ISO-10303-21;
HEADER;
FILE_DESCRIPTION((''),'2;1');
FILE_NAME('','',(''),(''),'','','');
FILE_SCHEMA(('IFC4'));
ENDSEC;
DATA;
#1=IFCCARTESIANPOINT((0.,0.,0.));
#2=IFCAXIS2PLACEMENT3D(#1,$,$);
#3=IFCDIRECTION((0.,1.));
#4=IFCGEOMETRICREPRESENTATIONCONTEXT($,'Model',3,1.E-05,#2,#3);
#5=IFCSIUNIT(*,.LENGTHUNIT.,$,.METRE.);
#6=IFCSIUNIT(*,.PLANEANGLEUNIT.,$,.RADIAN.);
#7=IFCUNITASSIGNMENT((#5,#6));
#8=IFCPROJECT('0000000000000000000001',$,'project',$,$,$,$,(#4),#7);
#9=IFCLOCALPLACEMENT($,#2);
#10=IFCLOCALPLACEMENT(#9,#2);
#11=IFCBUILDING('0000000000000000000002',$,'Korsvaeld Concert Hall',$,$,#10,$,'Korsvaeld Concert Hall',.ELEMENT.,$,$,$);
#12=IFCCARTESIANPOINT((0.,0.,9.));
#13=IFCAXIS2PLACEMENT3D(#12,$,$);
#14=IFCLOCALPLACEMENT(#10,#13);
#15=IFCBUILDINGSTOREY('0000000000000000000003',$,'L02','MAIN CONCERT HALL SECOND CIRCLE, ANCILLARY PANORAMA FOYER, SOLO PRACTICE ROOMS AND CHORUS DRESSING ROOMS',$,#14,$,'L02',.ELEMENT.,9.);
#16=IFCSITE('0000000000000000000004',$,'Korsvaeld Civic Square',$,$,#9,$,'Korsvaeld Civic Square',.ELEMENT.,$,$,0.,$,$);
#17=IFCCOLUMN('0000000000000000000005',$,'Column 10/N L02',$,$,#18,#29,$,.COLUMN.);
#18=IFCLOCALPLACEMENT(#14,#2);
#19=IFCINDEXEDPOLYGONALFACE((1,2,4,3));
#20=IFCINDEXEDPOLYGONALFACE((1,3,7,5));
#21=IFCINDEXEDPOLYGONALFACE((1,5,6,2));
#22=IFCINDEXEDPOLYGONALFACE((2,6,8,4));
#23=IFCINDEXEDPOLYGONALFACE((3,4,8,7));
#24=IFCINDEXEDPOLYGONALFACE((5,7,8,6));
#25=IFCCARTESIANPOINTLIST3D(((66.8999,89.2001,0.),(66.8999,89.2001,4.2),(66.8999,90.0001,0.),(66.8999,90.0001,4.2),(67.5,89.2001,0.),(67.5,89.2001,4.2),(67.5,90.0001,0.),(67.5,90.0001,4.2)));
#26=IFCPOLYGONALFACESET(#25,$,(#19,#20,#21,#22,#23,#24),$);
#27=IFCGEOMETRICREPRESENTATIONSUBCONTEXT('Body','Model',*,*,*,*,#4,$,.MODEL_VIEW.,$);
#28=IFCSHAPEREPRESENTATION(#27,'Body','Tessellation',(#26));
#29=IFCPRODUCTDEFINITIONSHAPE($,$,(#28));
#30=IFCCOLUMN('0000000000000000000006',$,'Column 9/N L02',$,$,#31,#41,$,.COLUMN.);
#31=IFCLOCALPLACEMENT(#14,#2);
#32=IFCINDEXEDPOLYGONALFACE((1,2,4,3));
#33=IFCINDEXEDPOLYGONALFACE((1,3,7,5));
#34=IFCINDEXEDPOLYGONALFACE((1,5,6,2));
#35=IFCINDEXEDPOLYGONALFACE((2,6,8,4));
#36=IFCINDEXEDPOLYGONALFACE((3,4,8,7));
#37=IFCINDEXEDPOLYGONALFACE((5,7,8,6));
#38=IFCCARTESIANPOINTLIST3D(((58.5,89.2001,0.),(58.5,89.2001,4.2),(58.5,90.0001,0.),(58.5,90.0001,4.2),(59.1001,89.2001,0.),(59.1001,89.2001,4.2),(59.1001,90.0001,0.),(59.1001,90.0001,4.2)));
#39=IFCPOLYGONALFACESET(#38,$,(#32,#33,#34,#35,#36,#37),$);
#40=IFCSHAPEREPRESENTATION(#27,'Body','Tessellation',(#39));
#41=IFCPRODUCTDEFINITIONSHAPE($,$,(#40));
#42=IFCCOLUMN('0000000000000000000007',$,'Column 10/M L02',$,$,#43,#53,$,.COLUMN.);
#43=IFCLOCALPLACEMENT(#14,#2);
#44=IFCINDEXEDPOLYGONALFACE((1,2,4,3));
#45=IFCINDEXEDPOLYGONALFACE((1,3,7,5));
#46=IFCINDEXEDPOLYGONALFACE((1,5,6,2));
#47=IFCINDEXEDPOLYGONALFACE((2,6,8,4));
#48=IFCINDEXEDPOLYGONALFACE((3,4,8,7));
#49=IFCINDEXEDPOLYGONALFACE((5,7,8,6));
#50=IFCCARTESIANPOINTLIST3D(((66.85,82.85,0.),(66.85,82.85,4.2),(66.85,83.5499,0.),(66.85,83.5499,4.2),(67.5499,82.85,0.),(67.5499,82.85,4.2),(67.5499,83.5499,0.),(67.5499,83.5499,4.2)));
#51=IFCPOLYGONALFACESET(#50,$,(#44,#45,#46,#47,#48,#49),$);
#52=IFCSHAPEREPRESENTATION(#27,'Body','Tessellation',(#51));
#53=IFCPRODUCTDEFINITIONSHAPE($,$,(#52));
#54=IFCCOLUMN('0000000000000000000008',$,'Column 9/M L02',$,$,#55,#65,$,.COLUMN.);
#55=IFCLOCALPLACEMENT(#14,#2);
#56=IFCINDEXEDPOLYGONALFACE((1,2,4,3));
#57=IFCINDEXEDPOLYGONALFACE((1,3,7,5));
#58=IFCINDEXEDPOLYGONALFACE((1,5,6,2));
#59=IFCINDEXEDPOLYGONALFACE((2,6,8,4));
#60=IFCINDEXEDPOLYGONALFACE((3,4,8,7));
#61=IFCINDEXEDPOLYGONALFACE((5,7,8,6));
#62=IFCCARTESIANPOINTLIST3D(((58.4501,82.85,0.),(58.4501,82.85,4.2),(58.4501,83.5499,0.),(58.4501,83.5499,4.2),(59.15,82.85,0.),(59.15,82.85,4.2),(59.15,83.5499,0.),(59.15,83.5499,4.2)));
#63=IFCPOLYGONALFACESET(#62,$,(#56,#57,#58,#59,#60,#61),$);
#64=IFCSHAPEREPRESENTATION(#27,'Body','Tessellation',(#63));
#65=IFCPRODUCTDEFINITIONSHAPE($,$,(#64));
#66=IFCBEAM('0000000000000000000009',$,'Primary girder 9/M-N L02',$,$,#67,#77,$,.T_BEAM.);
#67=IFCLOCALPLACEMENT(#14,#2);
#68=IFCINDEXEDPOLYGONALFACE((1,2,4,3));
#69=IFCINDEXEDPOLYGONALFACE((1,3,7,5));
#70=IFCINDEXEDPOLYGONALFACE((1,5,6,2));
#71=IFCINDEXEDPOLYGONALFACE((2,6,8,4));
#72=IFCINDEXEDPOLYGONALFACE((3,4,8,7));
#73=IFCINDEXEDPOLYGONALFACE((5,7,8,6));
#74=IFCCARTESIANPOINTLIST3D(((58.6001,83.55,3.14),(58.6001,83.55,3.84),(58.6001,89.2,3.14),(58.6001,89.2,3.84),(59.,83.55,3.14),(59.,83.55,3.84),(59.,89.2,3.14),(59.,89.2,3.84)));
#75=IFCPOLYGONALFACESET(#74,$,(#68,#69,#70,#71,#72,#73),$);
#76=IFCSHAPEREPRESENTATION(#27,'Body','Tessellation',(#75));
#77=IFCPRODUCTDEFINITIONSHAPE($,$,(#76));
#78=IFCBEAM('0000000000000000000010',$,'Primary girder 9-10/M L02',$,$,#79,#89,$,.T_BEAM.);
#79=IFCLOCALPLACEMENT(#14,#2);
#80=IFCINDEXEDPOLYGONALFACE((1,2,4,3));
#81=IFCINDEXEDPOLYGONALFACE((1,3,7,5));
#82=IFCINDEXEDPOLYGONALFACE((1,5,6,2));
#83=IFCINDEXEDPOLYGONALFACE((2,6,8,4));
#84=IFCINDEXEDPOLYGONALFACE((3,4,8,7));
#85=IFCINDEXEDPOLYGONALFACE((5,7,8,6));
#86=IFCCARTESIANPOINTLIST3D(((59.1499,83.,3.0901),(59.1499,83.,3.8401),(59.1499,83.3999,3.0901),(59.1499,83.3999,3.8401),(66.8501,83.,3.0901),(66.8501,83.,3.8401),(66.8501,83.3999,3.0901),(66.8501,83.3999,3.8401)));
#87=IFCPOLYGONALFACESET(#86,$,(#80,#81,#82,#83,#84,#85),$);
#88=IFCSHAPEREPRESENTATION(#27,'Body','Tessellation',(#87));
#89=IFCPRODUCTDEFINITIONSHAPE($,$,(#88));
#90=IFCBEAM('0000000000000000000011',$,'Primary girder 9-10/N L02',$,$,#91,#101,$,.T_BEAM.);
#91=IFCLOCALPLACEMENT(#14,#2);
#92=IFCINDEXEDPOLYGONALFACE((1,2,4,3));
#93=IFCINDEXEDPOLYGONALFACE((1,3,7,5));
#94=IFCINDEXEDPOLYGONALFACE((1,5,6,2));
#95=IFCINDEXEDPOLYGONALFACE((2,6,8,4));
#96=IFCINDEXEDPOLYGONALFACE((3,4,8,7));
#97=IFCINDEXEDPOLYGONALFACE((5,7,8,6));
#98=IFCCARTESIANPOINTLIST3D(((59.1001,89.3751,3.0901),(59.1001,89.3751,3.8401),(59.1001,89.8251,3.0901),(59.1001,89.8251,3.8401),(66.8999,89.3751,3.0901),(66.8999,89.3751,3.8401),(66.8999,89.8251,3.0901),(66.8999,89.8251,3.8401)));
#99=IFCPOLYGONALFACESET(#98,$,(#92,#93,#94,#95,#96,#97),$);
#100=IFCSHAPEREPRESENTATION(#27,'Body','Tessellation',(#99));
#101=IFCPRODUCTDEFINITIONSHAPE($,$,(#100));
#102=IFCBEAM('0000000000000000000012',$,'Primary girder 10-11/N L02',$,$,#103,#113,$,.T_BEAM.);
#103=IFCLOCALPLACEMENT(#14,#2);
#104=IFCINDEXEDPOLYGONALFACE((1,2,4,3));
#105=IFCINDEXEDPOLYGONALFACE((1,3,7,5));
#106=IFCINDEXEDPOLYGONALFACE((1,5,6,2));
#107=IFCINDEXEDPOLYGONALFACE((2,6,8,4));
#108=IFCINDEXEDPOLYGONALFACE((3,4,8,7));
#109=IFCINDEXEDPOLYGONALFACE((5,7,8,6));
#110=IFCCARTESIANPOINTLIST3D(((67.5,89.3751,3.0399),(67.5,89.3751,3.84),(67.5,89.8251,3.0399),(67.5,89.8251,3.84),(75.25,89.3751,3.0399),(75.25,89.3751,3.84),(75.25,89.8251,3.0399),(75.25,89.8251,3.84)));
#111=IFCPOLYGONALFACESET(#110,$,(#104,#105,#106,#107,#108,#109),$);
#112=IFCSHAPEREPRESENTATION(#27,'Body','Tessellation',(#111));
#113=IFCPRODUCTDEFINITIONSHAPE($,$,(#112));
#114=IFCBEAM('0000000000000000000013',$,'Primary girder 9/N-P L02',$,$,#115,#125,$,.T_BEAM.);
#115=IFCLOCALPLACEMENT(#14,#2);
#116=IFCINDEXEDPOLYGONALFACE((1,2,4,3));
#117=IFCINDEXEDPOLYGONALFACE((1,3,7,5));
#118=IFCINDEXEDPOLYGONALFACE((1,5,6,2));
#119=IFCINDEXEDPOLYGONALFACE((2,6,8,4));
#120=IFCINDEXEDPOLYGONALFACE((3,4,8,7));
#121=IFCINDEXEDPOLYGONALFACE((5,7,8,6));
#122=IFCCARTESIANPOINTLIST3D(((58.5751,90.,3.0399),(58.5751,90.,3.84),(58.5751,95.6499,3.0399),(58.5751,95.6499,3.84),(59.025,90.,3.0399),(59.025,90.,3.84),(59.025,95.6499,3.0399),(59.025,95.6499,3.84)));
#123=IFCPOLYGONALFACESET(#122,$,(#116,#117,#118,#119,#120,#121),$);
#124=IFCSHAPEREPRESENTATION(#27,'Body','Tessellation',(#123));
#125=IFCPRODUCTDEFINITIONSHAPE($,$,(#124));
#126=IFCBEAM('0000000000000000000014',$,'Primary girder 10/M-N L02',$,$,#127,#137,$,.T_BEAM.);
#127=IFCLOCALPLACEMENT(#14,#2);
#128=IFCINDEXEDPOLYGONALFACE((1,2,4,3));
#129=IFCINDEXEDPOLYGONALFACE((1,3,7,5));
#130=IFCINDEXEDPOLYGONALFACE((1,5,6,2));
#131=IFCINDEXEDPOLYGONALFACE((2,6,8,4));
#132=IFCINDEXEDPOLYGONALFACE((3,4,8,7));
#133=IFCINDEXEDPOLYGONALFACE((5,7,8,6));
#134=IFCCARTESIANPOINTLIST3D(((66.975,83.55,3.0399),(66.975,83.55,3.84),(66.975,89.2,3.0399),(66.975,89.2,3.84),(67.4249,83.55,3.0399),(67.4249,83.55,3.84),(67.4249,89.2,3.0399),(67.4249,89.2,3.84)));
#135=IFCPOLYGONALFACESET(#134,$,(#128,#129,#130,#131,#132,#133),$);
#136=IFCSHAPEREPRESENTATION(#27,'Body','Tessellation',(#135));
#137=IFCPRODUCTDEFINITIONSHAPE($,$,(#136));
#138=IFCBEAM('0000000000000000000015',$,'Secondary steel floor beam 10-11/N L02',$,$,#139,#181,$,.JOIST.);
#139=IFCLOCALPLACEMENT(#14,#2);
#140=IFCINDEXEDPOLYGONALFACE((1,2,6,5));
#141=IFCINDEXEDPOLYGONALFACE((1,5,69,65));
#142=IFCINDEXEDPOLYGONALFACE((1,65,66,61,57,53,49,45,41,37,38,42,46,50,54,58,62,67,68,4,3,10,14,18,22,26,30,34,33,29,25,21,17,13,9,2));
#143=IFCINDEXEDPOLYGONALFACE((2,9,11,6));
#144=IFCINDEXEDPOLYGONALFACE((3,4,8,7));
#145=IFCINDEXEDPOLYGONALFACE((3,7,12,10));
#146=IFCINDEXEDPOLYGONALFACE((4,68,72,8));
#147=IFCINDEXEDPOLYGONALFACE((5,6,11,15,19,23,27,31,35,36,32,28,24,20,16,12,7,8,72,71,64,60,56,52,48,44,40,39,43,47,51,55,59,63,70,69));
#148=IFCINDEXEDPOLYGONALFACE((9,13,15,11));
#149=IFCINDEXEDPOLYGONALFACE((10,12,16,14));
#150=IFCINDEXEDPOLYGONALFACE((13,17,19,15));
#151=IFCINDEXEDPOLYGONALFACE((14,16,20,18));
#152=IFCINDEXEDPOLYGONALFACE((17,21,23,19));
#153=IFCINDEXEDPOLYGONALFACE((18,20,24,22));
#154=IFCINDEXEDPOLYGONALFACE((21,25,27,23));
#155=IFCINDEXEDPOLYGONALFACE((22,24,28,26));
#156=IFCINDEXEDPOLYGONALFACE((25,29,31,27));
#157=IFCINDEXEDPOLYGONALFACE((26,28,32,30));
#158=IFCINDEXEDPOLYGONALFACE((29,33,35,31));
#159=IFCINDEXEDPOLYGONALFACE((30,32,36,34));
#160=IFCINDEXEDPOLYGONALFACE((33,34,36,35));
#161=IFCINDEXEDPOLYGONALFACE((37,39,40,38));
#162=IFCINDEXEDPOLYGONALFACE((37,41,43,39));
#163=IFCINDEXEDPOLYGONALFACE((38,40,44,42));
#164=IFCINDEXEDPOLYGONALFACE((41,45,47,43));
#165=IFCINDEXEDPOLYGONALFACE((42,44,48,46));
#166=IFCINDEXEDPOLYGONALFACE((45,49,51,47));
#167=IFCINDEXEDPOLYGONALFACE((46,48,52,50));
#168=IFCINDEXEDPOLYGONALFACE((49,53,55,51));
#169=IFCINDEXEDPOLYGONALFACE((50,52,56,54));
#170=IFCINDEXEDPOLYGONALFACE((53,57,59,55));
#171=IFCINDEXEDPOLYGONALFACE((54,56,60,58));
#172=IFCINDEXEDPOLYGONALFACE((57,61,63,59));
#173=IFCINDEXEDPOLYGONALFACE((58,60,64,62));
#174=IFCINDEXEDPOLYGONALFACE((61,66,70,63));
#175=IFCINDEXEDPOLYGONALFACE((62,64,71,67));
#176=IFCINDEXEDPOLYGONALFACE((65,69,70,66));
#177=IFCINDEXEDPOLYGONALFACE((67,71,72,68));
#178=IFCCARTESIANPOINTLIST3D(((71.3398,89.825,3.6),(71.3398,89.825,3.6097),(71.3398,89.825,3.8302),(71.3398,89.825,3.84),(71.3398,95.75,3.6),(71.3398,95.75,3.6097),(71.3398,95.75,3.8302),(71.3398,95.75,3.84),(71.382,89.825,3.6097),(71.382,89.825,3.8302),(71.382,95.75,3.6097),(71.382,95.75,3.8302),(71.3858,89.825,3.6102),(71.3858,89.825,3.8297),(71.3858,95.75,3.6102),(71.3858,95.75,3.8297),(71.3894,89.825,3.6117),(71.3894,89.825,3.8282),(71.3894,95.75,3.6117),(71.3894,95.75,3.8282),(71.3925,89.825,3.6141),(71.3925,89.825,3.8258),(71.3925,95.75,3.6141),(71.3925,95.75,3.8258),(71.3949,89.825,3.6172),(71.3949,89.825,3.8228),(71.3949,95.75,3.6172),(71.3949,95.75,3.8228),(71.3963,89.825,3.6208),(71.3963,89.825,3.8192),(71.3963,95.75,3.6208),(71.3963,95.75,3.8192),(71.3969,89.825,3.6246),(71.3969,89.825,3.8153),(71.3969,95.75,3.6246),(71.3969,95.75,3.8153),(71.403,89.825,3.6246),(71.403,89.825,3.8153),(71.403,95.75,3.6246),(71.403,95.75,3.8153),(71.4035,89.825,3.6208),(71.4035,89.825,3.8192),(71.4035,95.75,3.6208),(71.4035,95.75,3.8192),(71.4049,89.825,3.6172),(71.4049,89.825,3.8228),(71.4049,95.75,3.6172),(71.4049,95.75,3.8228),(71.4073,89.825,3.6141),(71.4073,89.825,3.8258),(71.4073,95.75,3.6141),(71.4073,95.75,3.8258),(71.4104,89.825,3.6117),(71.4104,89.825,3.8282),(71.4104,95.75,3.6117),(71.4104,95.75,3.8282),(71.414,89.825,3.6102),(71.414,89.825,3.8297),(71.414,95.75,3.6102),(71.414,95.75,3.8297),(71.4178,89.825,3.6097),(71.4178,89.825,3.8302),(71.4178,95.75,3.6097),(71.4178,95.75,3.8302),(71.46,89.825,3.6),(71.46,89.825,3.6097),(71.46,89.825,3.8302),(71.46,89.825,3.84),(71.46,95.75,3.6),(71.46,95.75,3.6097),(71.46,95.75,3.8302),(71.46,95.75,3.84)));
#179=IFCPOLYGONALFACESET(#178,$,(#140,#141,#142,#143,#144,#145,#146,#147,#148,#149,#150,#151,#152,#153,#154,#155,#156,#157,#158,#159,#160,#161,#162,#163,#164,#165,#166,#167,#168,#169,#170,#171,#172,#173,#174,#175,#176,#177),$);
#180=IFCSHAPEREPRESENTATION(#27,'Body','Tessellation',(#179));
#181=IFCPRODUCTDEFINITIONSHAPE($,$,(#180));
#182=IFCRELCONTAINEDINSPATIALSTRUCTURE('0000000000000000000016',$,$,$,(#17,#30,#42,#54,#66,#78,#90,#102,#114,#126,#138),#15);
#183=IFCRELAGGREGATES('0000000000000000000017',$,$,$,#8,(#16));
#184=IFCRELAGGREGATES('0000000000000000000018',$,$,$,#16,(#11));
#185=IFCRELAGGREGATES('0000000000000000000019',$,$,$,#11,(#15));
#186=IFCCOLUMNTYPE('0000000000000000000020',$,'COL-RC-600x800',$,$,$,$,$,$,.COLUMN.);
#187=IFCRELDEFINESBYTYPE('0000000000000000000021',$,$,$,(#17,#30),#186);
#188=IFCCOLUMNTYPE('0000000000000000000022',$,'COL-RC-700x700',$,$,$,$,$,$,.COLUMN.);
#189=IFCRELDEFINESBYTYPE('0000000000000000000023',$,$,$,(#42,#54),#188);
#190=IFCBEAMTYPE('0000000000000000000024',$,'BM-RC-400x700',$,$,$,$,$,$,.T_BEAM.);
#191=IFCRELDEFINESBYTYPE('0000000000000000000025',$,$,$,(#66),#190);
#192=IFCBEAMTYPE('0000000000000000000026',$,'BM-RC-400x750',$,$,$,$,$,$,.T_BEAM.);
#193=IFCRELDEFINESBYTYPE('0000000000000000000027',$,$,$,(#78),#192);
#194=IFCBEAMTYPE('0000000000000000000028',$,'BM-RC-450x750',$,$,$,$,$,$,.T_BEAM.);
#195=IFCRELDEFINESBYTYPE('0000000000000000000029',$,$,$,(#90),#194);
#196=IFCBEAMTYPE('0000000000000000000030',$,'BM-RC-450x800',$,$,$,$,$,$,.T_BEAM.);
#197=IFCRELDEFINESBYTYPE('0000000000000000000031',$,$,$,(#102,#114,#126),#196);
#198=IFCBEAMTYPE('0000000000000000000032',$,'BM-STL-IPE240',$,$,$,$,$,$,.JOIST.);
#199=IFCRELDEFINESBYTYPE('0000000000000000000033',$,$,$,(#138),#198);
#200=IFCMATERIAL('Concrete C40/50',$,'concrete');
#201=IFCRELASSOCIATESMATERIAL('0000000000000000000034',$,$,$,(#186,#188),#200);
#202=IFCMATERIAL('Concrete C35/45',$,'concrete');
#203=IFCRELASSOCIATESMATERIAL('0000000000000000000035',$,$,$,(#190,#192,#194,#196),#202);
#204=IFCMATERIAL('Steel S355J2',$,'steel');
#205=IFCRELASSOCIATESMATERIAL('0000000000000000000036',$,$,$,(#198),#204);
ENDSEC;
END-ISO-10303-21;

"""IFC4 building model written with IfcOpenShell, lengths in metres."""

from ifc_helpers import new_model, si_unit, direction, frame, origin, origin_2d, place, context, subcontext, project, spatial, rectangle, i_section, extrude, material, material_profile, profile_set, type_object, element, save


model = new_model("IFC4")

# Units and contexts
model_context = context("Model", 3, precision=1e-05, world=origin(), true_north=direction((0.0, 1.0)))
body_context = subcontext(model_context, "Body", "Model", "MODEL_VIEW")
ifc_project = project(units=[si_unit("LENGTHUNIT", "METRE"), si_unit("PLANEANGLEUNIT", "RADIAN")], contexts=[model_context])

# Site, building, storey
site_placement = place(None, origin())
site = spatial("IfcSite", under=ifc_project, at=site_placement, Name="Korsvaeld Civic Square", LongName="Korsvaeld Civic Square", CompositionType="ELEMENT", RefElevation=0.0)
building_placement = place(site_placement, origin())
building = spatial("IfcBuilding", under=site, at=building_placement, Name="Korsvaeld Concert Hall", LongName="Korsvaeld Concert Hall", CompositionType="ELEMENT")
storey_placement = place(building_placement, frame((0.0, 0.0, 9.0)))
storey = spatial("IfcBuildingStorey", under=building, at=storey_placement, Name="L02", Description="MAIN CONCERT HALL SECOND CIRCLE, ANCILLARY PANORAMA FOYER, SOLO PRACTICE ROOMS AND CHORUS DRESSING ROOMS", LongName="L02", CompositionType="ELEMENT", Elevation=9.0)

# Columns
ifc_material_1 = material(Name="Concrete C40/50", Category="concrete")
ifc_material_profile_1 = material_profile(ifc_material_1, rectangle(XDim=0.6001, YDim=0.8, at=origin_2d()), Name="RC 600x800")
ifc_profile_set_1 = profile_set([ifc_material_profile_1], Name="Concrete C40/50")
column_type_1 = type_object("IfcColumnType", Name="COL-RC-600x800", PredefinedType="COLUMN", material=ifc_profile_set_1)
for number, where, z_axis, x_axis, name in (
    (1, (67.2, 89.6001, 0.0), (0.0, 0.0, 1.0), (1.0, 0.0, 0.0), "Column 10/N L02"),
    (2, (58.8, 89.6001, 0.0), (0.0, 0.0, 1.0), (1.0, 0.0, 0.0), "Column 9/N L02"),
):
    element("IfcColumn", number, at=place(storey_placement, frame(where, z_axis=z_axis, x_axis=x_axis)), inside=storey, type_object=column_type_1, Name=name, PredefinedType="COLUMN", context=body_context, shape_type="SweptSolid", body=[
        extrude(rectangle(XDim=0.6001, YDim=0.8, at=origin_2d()), origin(), (0.0, 0.0, 1.0), 4.2),
    ])
ifc_material_profile_2 = material_profile(ifc_material_1, rectangle(XDim=0.7, YDim=0.7, at=origin_2d()), Name="RC 700x700")
ifc_profile_set_2 = profile_set([ifc_material_profile_2], Name="Concrete C40/50")
column_type_2 = type_object("IfcColumnType", Name="COL-RC-700x700", PredefinedType="COLUMN", material=ifc_profile_set_2)
for number, where, z_axis, x_axis, name in (
    (3, (67.2, 83.2, 0.0), (0.0, 0.0, 1.0), (1.0, 0.0, 0.0), "Column 10/M L02"),
    (4, (58.8, 83.2, 0.0), (0.0, 0.0, 1.0), (1.0, 0.0, 0.0), "Column 9/M L02"),
):
    element("IfcColumn", number, at=place(storey_placement, frame(where, z_axis=z_axis, x_axis=x_axis)), inside=storey, type_object=column_type_2, Name=name, PredefinedType="COLUMN", context=body_context, shape_type="SweptSolid", body=[
        extrude(rectangle(XDim=0.7, YDim=0.7, at=origin_2d()), origin(), (0.0, 0.0, 1.0), 4.2),
    ])

# Beams
ifc_material_2 = material(Name="Concrete C35/45", Category="concrete")
ifc_material_profile_3 = material_profile(ifc_material_2, rectangle(XDim=0.3999, YDim=0.7, at=origin_2d()), Name="RC 400x700")
ifc_profile_set_3 = profile_set([ifc_material_profile_3], Name="Concrete C35/45")
beam_type_1 = type_object("IfcBeamType", Name="BM-RC-400x700", PredefinedType="T_BEAM", material=ifc_profile_set_3)
beam_1_placement = place(storey_placement, frame((58.8, 83.55, 3.49), z_axis=(0.0, 1.0, 0.0), x_axis=(-1.0, 0.0, 0.0)))
element("IfcBeam", 5, at=beam_1_placement, inside=storey, type_object=beam_type_1, Name="Primary girder 9/M-N L02", PredefinedType="T_BEAM", context=body_context, shape_type="SweptSolid", body=[
    extrude(rectangle(XDim=0.3999, YDim=0.7, at=origin_2d()), origin(), (0.0, 0.0, 1.0), 5.6499),
])
ifc_material_profile_4 = material_profile(ifc_material_2, rectangle(XDim=0.3999, YDim=0.75, at=origin_2d()), Name="RC 400x750")
ifc_profile_set_4 = profile_set([ifc_material_profile_4], Name="Concrete C35/45")
beam_type_2 = type_object("IfcBeamType", Name="BM-RC-400x750", PredefinedType="T_BEAM", material=ifc_profile_set_4)
beam_2_placement = place(storey_placement, frame((59.1499, 83.2, 3.4651), z_axis=(1.0, 0.0, 0.0), x_axis=(0.0, 1.0, 0.0)))
element("IfcBeam", 6, at=beam_2_placement, inside=storey, type_object=beam_type_2, Name="Primary girder 9-10/M L02", PredefinedType="T_BEAM", context=body_context, shape_type="SweptSolid", body=[
    extrude(rectangle(XDim=0.3999, YDim=0.75, at=origin_2d()), origin(), (0.0, 0.0, 1.0), 7.7002),
])
ifc_material_profile_5 = material_profile(ifc_material_2, rectangle(XDim=0.45, YDim=0.75, at=origin_2d()), Name="RC 450x750")
ifc_profile_set_5 = profile_set([ifc_material_profile_5], Name="Concrete C35/45")
beam_type_3 = type_object("IfcBeamType", Name="BM-RC-450x750", PredefinedType="T_BEAM", material=ifc_profile_set_5)
beam_3_placement = place(storey_placement, frame((59.1001, 89.6001, 3.4651), z_axis=(1.0, 0.0, 0.0), x_axis=(0.0, 1.0, 0.0)))
element("IfcBeam", 7, at=beam_3_placement, inside=storey, type_object=beam_type_3, Name="Primary girder 9-10/N L02", PredefinedType="T_BEAM", context=body_context, shape_type="SweptSolid", body=[
    extrude(rectangle(XDim=0.45, YDim=0.75, at=origin_2d()), origin(), (0.0, 0.0, 1.0), 7.7998),
])
ifc_material_profile_6 = material_profile(ifc_material_2, rectangle(XDim=0.45, YDim=0.8, at=origin_2d()), Name="RC 450x800")
ifc_profile_set_6 = profile_set([ifc_material_profile_6], Name="Concrete C35/45")
beam_type_4 = type_object("IfcBeamType", Name="BM-RC-450x800", PredefinedType="T_BEAM", material=ifc_profile_set_6)
beam_4_placement = place(storey_placement, frame((67.5, 89.6001, 3.4399), z_axis=(1.0, 0.0, 0.0), x_axis=(0.0, 1.0, 0.0)))
element("IfcBeam", 8, at=beam_4_placement, inside=storey, type_object=beam_type_4, Name="Primary girder 10-11/N L02", PredefinedType="T_BEAM", context=body_context, shape_type="SweptSolid", body=[
    extrude(rectangle(XDim=0.45, YDim=0.8, at=origin_2d()), origin(), (0.0, 0.0, 1.0), 7.75),
])
for number, where, z_axis, x_axis, name in (
    (9, (58.8, 90.0, 3.4399), (0.0, 1.0, 0.0), (-1.0, 0.0, 0.0), "Primary girder 9/N-P L02"),
    (10, (67.2, 83.55, 3.4399), (0.0, 1.0, 0.0), (-1.0, 0.0, 0.0), "Primary girder 10/M-N L02"),
):
    element("IfcBeam", number, at=place(storey_placement, frame(where, z_axis=z_axis, x_axis=x_axis)), inside=storey, type_object=beam_type_4, Name=name, PredefinedType="T_BEAM", context=body_context, shape_type="SweptSolid", body=[
        extrude(rectangle(XDim=0.45, YDim=0.8, at=origin_2d()), origin(), (0.0, 0.0, 1.0), 5.6499),
    ])
ifc_material_3 = material(Name="Steel S355J2", Category="steel")
ifc_material_profile_7 = material_profile(ifc_material_3, i_section(OverallWidth=0.1201, OverallDepth=0.24, WebThickness=0.0061, FlangeThickness=0.0098, FilletRadius=0.0149, at=origin_2d()), Name="IPE 240")
ifc_profile_set_7 = profile_set([ifc_material_profile_7], Name="Steel S355J2")
beam_type_5 = type_object("IfcBeamType", Name="BM-STL-IPE240", PredefinedType="JOIST", material=ifc_profile_set_7)
beam_5_placement = place(storey_placement, frame((71.3999, 89.825, 3.72), z_axis=(0.0, 1.0, 0.0), x_axis=(-1.0, 0.0, 0.0)))
element("IfcBeam", 11, at=beam_5_placement, inside=storey, type_object=beam_type_5, Name="Secondary steel floor beam 10-11/N L02", PredefinedType="JOIST", context=body_context, shape_type="SweptSolid", body=[
    extrude(i_section(OverallWidth=0.1201, OverallDepth=0.24, WebThickness=0.0061, FlangeThickness=0.0098, FilletRadius=0.0149, at=origin_2d()), origin(), (0.0, 0.0, 1.0), 5.925),
])

save(model, "model.ifc")
